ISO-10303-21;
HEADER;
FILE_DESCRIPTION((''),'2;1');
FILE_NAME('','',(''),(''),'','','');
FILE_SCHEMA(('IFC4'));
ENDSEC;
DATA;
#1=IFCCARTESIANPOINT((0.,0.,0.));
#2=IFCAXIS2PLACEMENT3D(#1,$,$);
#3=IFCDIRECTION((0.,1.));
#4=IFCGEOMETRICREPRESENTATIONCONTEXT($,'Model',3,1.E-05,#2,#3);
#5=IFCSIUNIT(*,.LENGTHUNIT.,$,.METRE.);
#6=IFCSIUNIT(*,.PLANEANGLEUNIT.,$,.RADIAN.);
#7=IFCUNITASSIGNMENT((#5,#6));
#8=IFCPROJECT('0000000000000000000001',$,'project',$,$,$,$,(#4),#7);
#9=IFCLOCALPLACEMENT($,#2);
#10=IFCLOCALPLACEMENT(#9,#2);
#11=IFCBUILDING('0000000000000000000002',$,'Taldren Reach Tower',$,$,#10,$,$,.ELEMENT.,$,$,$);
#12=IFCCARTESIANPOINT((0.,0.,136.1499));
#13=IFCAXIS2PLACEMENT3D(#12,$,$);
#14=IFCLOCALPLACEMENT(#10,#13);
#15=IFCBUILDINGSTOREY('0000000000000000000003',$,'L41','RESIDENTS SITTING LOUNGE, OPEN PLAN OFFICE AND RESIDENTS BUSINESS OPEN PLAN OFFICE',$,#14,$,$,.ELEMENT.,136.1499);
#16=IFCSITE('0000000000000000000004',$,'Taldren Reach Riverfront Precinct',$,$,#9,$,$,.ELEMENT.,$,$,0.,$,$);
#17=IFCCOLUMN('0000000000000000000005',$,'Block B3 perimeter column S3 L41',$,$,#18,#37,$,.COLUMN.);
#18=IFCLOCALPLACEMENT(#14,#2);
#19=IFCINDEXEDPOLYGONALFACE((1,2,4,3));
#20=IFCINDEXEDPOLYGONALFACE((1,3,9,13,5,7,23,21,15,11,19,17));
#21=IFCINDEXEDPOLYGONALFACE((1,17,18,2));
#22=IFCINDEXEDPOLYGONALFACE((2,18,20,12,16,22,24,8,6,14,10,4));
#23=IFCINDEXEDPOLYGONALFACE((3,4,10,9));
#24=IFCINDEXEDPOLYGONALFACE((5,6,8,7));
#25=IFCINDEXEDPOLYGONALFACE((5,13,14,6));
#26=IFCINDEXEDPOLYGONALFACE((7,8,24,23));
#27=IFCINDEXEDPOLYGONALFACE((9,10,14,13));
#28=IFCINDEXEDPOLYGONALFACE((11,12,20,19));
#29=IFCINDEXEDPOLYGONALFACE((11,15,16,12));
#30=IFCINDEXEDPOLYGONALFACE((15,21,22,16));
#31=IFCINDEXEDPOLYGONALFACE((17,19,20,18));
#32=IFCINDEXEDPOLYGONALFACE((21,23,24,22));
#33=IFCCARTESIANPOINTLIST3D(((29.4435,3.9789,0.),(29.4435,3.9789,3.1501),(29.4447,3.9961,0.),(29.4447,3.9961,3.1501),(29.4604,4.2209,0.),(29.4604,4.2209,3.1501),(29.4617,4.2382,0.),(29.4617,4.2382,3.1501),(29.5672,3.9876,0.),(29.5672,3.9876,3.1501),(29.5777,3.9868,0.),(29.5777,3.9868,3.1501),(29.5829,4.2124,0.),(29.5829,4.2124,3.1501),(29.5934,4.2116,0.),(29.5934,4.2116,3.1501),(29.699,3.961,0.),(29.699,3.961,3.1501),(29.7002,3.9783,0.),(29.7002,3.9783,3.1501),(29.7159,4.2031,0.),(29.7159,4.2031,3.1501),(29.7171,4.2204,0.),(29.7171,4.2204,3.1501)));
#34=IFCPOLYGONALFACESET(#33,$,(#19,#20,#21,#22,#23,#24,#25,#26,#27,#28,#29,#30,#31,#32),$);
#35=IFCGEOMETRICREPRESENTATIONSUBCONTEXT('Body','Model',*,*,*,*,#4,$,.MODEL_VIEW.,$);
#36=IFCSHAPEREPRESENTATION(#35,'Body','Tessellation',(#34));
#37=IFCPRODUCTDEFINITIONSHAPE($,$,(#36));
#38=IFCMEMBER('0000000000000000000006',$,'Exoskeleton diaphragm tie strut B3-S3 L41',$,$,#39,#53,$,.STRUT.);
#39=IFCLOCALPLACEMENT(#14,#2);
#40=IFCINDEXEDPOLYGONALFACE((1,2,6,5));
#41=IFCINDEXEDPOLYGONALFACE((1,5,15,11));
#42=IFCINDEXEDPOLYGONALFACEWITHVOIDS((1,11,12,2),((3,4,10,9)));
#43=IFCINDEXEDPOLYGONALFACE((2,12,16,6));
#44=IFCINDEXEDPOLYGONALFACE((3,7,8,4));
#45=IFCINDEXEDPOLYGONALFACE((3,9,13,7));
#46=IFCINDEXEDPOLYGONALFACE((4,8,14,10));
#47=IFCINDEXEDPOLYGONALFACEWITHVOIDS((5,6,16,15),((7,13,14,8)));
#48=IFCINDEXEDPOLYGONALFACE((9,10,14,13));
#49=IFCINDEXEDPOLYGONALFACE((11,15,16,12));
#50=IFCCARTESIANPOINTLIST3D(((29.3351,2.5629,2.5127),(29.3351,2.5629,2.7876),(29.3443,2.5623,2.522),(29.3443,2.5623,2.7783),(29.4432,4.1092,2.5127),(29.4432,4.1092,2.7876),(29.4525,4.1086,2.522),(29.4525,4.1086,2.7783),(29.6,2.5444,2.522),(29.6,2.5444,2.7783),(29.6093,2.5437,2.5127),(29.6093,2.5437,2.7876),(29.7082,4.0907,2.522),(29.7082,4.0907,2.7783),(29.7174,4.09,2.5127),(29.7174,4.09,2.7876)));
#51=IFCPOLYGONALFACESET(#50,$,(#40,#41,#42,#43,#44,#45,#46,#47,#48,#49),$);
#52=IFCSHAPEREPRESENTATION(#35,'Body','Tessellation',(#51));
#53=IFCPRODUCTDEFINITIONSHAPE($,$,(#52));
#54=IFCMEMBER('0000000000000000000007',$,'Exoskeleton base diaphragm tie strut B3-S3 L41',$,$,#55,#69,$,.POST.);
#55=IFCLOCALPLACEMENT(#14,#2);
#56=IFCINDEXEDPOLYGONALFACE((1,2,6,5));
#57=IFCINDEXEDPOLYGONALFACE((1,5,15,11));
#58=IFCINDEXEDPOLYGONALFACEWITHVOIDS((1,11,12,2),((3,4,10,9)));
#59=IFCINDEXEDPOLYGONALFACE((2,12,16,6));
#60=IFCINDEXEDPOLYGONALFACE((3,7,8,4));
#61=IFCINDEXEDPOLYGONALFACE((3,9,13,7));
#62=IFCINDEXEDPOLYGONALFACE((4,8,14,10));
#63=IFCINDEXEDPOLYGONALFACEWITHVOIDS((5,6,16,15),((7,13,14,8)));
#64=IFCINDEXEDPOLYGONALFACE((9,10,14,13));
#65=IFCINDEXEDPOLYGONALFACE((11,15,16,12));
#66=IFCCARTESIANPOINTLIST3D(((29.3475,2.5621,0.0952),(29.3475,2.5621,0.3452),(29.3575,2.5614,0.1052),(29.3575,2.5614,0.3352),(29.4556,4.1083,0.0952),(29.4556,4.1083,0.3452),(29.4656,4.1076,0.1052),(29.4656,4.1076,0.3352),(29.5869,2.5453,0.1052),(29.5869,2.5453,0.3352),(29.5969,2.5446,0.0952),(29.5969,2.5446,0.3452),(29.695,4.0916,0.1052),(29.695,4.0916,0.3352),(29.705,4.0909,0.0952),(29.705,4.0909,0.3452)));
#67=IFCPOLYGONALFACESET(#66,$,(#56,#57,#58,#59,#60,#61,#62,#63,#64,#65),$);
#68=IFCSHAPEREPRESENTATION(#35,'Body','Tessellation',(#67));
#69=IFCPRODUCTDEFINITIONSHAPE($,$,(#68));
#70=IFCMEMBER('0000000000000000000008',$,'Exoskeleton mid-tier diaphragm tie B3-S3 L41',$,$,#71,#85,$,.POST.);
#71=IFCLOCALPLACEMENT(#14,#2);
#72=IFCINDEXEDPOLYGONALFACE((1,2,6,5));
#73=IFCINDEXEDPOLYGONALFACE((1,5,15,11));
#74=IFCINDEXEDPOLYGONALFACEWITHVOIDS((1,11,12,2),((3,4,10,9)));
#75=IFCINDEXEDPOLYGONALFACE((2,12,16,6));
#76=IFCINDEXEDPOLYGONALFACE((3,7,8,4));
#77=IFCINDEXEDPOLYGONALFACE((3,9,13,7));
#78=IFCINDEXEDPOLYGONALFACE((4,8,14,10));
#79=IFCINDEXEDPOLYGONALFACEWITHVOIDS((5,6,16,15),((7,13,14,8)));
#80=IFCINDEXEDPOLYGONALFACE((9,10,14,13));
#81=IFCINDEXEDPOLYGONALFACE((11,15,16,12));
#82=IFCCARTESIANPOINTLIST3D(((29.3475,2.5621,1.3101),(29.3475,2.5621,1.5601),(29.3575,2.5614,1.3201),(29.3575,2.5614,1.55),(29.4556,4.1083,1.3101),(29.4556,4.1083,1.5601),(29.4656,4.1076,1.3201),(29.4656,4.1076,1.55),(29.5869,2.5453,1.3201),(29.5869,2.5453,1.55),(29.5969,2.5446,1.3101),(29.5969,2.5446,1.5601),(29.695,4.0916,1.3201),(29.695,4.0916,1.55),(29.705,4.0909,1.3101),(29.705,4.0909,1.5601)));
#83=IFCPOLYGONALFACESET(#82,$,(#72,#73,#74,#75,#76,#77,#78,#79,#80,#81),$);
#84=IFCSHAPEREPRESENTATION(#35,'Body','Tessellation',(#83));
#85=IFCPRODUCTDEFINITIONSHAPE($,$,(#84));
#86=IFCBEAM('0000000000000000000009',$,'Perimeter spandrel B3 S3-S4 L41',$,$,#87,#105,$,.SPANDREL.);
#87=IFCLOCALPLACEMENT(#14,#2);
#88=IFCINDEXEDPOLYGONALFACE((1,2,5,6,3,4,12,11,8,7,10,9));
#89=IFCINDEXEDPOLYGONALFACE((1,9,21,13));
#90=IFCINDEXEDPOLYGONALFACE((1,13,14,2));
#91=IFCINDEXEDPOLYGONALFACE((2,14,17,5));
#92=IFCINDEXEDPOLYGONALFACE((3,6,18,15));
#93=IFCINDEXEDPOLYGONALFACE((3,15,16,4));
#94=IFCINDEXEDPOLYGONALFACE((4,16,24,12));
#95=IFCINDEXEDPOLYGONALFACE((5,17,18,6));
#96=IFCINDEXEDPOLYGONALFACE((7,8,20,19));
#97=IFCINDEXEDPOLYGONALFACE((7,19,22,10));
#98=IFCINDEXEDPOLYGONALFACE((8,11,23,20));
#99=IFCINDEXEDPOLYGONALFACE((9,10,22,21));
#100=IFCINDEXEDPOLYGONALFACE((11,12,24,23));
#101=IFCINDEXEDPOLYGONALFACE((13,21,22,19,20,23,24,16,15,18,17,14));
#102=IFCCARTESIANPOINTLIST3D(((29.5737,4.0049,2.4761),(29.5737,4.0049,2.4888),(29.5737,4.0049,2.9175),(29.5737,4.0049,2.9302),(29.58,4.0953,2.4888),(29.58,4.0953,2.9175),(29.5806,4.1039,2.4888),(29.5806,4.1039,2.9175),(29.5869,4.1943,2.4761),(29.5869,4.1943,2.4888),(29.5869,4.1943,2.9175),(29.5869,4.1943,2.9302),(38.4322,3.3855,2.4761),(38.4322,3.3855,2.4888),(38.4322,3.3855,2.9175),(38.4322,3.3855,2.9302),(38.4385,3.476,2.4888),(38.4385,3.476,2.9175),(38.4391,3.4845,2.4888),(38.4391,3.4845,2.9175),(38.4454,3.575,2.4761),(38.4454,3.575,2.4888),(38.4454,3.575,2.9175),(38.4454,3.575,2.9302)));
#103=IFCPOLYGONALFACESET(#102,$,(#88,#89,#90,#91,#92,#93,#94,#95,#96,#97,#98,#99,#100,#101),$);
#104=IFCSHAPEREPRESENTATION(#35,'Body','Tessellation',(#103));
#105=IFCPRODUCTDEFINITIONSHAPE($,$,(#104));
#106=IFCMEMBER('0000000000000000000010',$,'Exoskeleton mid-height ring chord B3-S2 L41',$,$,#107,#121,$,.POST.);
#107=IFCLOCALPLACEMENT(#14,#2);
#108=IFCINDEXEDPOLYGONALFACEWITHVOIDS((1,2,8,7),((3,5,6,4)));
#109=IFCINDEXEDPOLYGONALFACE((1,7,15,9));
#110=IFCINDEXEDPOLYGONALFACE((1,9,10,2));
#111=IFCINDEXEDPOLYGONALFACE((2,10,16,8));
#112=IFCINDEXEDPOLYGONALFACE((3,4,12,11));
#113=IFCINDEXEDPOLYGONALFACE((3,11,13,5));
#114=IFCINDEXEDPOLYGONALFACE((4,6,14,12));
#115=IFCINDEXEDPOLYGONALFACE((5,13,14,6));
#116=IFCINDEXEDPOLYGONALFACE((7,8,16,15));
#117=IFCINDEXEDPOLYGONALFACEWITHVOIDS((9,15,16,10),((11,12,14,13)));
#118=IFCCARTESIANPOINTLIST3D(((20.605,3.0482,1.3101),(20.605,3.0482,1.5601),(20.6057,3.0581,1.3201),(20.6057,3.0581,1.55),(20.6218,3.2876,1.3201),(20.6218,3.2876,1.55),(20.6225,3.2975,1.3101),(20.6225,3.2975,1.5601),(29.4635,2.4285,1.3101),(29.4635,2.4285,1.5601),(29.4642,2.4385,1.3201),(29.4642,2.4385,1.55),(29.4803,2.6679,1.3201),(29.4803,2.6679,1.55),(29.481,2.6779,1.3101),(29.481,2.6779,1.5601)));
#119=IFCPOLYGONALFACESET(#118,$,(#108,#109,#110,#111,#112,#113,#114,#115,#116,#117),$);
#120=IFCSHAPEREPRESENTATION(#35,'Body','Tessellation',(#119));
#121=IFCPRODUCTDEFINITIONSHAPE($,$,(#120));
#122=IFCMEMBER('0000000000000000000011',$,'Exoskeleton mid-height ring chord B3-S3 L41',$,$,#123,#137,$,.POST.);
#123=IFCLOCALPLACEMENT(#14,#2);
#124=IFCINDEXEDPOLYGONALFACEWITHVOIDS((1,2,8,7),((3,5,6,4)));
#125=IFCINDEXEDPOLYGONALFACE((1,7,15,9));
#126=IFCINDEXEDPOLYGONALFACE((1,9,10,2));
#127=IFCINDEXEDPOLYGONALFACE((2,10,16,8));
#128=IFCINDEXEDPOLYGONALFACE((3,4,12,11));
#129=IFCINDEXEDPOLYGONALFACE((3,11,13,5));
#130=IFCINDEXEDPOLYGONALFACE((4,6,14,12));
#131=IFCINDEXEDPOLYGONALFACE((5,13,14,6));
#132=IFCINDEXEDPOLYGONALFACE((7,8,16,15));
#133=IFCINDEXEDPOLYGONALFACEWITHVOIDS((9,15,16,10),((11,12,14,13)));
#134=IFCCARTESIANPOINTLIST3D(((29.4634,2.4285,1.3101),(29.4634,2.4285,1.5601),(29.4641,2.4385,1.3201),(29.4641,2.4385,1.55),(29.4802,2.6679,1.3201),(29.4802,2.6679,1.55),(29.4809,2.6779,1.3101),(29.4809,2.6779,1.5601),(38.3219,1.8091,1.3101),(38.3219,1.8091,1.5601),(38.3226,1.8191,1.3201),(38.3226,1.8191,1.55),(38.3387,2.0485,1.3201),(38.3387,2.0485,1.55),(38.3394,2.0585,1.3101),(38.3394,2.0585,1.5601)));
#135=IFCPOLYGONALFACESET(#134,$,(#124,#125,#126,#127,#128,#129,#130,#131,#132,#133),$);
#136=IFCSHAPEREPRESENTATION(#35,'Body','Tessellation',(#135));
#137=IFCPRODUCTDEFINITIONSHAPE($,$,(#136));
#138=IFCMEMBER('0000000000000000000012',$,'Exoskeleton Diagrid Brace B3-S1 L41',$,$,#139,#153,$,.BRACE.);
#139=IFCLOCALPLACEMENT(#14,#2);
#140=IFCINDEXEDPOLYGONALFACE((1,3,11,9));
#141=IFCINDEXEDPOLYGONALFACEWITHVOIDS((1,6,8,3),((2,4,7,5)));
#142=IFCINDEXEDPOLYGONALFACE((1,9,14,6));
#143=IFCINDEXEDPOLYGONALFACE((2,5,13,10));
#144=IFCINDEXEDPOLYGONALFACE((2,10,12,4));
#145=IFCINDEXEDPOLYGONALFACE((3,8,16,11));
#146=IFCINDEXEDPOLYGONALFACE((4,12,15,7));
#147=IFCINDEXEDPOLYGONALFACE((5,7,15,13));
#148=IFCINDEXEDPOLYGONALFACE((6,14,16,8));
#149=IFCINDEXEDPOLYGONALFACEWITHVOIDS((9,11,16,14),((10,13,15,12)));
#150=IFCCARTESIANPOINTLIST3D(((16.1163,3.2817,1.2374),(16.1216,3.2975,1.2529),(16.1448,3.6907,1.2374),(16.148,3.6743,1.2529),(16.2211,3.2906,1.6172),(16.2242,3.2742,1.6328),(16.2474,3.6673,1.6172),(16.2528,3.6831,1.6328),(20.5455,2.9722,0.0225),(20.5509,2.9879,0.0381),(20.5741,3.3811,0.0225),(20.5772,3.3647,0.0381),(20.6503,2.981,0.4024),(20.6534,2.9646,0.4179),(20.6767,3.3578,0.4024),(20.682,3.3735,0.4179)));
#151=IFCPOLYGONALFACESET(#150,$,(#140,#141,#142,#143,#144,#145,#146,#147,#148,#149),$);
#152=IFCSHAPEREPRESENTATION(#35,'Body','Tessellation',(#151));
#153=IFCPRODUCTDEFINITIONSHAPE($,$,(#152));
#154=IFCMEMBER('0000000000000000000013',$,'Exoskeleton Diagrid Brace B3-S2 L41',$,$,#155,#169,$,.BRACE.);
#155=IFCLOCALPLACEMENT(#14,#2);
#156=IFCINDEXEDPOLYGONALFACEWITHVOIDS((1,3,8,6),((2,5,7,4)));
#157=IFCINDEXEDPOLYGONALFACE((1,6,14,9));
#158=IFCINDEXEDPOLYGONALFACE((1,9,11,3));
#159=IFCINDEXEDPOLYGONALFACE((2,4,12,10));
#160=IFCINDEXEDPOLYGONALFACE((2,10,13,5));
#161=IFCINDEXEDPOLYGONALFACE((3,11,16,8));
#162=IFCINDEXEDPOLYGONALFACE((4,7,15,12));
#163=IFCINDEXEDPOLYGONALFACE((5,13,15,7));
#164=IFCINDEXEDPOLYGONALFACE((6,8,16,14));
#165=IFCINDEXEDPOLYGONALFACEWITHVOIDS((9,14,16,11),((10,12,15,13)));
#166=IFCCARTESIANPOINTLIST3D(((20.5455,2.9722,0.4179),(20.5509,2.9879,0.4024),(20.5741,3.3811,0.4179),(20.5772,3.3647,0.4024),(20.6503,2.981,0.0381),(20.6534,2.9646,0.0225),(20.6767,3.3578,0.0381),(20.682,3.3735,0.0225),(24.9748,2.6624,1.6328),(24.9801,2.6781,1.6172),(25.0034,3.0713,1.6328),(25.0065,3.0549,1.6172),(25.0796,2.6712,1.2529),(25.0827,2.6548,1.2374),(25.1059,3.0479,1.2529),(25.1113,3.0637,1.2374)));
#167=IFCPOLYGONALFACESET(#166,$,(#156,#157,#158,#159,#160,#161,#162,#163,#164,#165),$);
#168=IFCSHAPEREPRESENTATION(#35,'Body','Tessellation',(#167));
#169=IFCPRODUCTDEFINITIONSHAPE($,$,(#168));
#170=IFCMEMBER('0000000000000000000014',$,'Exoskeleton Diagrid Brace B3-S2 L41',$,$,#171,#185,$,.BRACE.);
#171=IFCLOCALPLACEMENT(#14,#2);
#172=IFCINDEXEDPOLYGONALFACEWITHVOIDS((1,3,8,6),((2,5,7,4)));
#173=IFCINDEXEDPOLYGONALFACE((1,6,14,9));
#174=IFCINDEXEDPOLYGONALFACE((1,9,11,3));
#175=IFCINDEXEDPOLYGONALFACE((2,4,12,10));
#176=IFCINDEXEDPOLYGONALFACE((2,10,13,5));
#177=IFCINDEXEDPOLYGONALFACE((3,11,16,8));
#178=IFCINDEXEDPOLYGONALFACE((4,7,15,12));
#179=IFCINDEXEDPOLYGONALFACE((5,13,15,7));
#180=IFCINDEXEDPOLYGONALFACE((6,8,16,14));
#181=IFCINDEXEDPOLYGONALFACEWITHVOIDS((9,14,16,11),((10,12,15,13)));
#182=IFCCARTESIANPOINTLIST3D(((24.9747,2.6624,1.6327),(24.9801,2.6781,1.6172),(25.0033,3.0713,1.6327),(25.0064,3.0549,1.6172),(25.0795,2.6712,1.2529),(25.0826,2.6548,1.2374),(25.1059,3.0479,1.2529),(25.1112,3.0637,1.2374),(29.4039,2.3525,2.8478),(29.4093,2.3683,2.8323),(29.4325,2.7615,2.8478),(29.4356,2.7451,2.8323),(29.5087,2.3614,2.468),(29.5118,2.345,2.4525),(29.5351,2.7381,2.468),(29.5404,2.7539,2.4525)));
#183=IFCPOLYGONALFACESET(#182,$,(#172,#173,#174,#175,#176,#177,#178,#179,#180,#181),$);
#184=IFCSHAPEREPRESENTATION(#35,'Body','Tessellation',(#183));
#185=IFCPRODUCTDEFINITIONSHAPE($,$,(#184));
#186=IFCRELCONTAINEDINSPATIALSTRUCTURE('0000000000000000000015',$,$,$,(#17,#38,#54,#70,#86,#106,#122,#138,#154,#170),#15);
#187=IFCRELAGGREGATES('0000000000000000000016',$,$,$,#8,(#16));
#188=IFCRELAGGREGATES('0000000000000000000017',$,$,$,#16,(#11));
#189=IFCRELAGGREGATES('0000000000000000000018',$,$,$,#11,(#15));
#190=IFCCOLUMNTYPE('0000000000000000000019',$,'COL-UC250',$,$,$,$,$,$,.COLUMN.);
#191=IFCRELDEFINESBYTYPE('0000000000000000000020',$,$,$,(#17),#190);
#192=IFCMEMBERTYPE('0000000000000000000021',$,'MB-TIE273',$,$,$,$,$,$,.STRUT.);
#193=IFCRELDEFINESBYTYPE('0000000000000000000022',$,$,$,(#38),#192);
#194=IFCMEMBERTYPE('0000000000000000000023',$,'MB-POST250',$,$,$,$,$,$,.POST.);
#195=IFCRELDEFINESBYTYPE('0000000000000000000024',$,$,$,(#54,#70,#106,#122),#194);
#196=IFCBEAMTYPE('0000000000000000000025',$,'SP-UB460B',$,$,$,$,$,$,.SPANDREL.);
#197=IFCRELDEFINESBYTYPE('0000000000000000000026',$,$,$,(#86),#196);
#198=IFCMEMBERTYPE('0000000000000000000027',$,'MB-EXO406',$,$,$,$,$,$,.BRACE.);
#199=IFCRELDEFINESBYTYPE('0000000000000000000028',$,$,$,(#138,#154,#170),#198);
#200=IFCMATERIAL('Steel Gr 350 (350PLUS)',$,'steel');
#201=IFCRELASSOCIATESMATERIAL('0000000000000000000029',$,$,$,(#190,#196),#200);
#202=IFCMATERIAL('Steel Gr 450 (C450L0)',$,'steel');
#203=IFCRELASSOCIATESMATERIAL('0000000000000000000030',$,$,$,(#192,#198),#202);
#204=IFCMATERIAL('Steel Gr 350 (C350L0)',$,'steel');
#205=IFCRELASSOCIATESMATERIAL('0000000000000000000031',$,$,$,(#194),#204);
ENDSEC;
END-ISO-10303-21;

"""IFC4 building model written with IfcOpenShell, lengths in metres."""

from ifc_helpers import new_model, si_unit, direction, frame, origin, origin_2d, place, context, subcontext, project, spatial, hollow_rectangle, i_section, extrude, source, transform, mapped, material, material_profile, profile_set, type_object, element, save


model = new_model("IFC4")

# Units and contexts
model_context = context("Model", 3, precision=1e-05, world=origin(), true_north=direction((0.0, 1.0)))
body_context = subcontext(model_context, "Body", "Model", "MODEL_VIEW")
ifc_project = project(units=[si_unit("LENGTHUNIT", "METRE"), si_unit("PLANEANGLEUNIT", "RADIAN")], contexts=[model_context])

# Site, building, storey
site_placement = place(None, origin())
site = spatial("IfcSite", under=ifc_project, at=site_placement, Name="Taldren Reach Riverfront Precinct", CompositionType="ELEMENT", RefElevation=0.0)
building_placement = place(site_placement, origin())
building = spatial("IfcBuilding", under=site, at=building_placement, Name="Taldren Reach Tower", CompositionType="ELEMENT")
storey_placement = place(building_placement, frame((0.0, 0.0, 136.1499)))
storey = spatial("IfcBuildingStorey", under=building, at=storey_placement, Name="L41", Description="RESIDENTS SITTING LOUNGE, OPEN PLAN OFFICE AND RESIDENTS BUSINESS OPEN PLAN OFFICE", CompositionType="ELEMENT", Elevation=136.1499)

# Column
ifc_material_1 = material(Name="Steel Gr 350 (350PLUS)", Category="steel")
ifc_material_profile_1 = material_profile(ifc_material_1, i_section(OverallWidth=0.2561, OverallDepth=0.26, WebThickness=0.0105, FlangeThickness=0.0173, at=origin_2d()), Name="250UC89.5")
ifc_profile_set_1 = profile_set([ifc_material_profile_1], Name="Steel Gr 350 (350PLUS)")
column_type = type_object("IfcColumnType", Name="COL-UC250", PredefinedType="COLUMN", material=ifc_profile_set_1)
shared_shape_1 = source(origin(), body_context, "Body", "SweptSolid", [
    extrude(i_section(OverallWidth=0.2561, OverallDepth=0.26, WebThickness=0.0105, FlangeThickness=0.0173, at=origin_2d()), origin(), (0.0, 0.0, 1.0), 3.1501),
])
column_placement = place(storey_placement, frame((29.5803, 4.0996, 0.0), z_axis=(0.0, 0.0, 1.0), x_axis=(0.997564, -0.069756, 0.0)))
element("IfcColumn", 1, at=column_placement, inside=storey, type_object=column_type, Name="Block B3 perimeter column S3 L41", PredefinedType="COLUMN", context=body_context, shape_type="MappedRepresentation", body=[
    mapped(shared_shape_1, transform((0.0, 0.0, 0.0), scale=1.0)),
])

# Members
ifc_material_2 = material(Name="Steel Gr 450 (C450L0)", Category="steel")
ifc_material_profile_2 = material_profile(ifc_material_2, hollow_rectangle(XDim=0.2749, YDim=0.2749, WallThickness=0.0093, at=origin_2d()), Name="275x275x9.3SHS")
ifc_profile_set_2 = profile_set([ifc_material_profile_2], Name="Steel Gr 450 (C450L0)")
member_type_1 = type_object("IfcMemberType", Name="MB-TIE273", PredefinedType="STRUT", material=ifc_profile_set_2)
shared_shape_2 = source(origin(), body_context, "Body", "SweptSolid", [
    extrude(hollow_rectangle(XDim=0.2749, YDim=0.2749, WallThickness=0.0093, at=origin_2d()), origin(), (0.0, 0.0, 1.0), 1.55),
])
member_1_placement = place(storey_placement, frame((29.5803, 4.0996, 2.6501), z_axis=(-0.06977, -0.997563, 0.0), x_axis=(0.997563, -0.06977, 0.0)))
element("IfcMember", 2, at=member_1_placement, inside=storey, type_object=member_type_1, Name="Exoskeleton diaphragm tie strut B3-S3 L41", PredefinedType="STRUT", context=body_context, shape_type="MappedRepresentation", body=[
    mapped(shared_shape_2, transform((0.0, 0.0, 0.0), scale=1.0)),
])
ifc_material_3 = material(Name="Steel Gr 350 (C350L0)", Category="steel")
ifc_material_profile_3 = material_profile(ifc_material_3, hollow_rectangle(XDim=0.25, YDim=0.25, WallThickness=0.01, at=origin_2d()), Name="250x250x10.0SHS")
ifc_profile_set_3 = profile_set([ifc_material_profile_3], Name="Steel Gr 350 (C350L0)")
member_type_2 = type_object("IfcMemberType", Name="MB-POST250", PredefinedType="POST", material=ifc_profile_set_3)
shared_shape_3 = source(origin(), body_context, "Body", "SweptSolid", [
    extrude(hollow_rectangle(XDim=0.25, YDim=0.25, WallThickness=0.01, at=origin_2d()), origin(), (0.0, 0.0, 1.0), 1.55),
])
for number, where, z_axis, x_axis, name in (
    (3, (29.5803, 4.0996, 0.2202), (-0.06977, -0.997563, 0.0), (0.997563, -0.06977, 0.0), "Exoskeleton base diaphragm tie strut B3-S3 L41"),
    (4, (29.5803, 4.0996, 1.4351), (-0.06977, -0.997563, 0.0), (0.997563, -0.06977, 0.0), "Exoskeleton mid-tier diaphragm tie B3-S3 L41"),
):
    element("IfcMember", number, at=place(storey_placement, frame(where, z_axis=z_axis, x_axis=x_axis)), inside=storey, type_object=member_type_2, Name=name, PredefinedType="POST", context=body_context, shape_type="MappedRepresentation", body=[
        mapped(shared_shape_3, transform((0.0, 0.0, 0.0), scale=1.0)),
    ])

# Beam
ifc_material_profile_4 = material_profile(ifc_material_1, i_section(OverallWidth=0.1899, OverallDepth=0.4541, WebThickness=0.0085, FlangeThickness=0.0127, at=origin_2d()), Name="460UB67.1")
ifc_profile_set_4 = profile_set([ifc_material_profile_4], Name="Steel Gr 350 (350PLUS)")
beam_type = type_object("IfcBeamType", Name="SP-UB460B", PredefinedType="SPANDREL", material=ifc_profile_set_4)
shared_shape_4 = source(origin(), body_context, "Body", "SweptSolid", [
    extrude(i_section(OverallWidth=0.1899, OverallDepth=0.4541, WebThickness=0.0085, FlangeThickness=0.0127, at=origin_2d()), origin(), (0.0, 0.0, 1.0), 8.8801),
])
beam_placement = place(storey_placement, frame((29.5803, 4.0996, 2.7031), z_axis=(0.997564, -0.06975, 0.0), x_axis=(0.06975, 0.997564, 0.0)))
element("IfcBeam", 5, at=beam_placement, inside=storey, type_object=beam_type, Name="Perimeter spandrel B3 S3-S4 L41", PredefinedType="SPANDREL", context=body_context, shape_type="MappedRepresentation", body=[
    mapped(shared_shape_4, transform((0.0, 0.0, 0.0), scale=1.0)),
])

# Members
shared_shape_5 = source(origin(), body_context, "Body", "SweptSolid", [
    extrude(hollow_rectangle(XDim=0.25, YDim=0.25, WallThickness=0.01, at=origin_2d()), origin(), (0.0, 0.0, 1.0), 8.8801),
])
for number, where, z_axis, x_axis, name in (
    (6, (20.6138, 3.1729, 1.4351), (0.997563, -0.069778, 0.0), (0.069778, 0.997563, 0.0), "Exoskeleton mid-height ring chord B3-S2 L41"),
    (7, (29.4722, 2.5532, 1.4351), (0.997564, -0.06975, 0.0), (0.06975, 0.997564, 0.0), "Exoskeleton mid-height ring chord B3-S3 L41"),
):
    element("IfcMember", number, at=place(storey_placement, frame(where, z_axis=z_axis, x_axis=x_axis)), inside=storey, type_object=member_type_2, Name=name, PredefinedType="POST", context=body_context, shape_type="MappedRepresentation", body=[
        mapped(shared_shape_5, transform((0.0, 0.0, 0.0), scale=1.0)),
    ])
ifc_material_profile_5 = material_profile(ifc_material_2, hollow_rectangle(XDim=0.4099, YDim=0.4099, WallThickness=0.0161, at=origin_2d()), Name="410x410x16.0SHS")
ifc_profile_set_5 = profile_set([ifc_material_profile_5], Name="Steel Gr 450 (C450L0)")
member_type_3 = type_object("IfcMemberType", Name="MB-EXO406", PredefinedType="BRACE", material=ifc_profile_set_5)
shared_shape_6 = source(origin(), body_context, "Body", "SweptSolid", [
    extrude(hollow_rectangle(XDim=0.4099, YDim=0.4099, WallThickness=0.0161, at=origin_2d()), origin(), (0.0, 0.0, 1.0), 4.6033),
])
for number, where, z_axis, x_axis, name in (
    (8, (20.6138, 3.1729, 0.2202), (-0.962199, 0.067251, 0.263913), (-0.069723, -0.997566, 0.0), "Exoskeleton Diagrid Brace B3-S1 L41"),
    (9, (20.6138, 3.1729, 0.2202), (0.962196, -0.067304, 0.263912), (0.069778, 0.997563, 0.0), "Exoskeleton Diagrid Brace B3-S2 L41"),
    (10, (25.043, 2.863, 1.4351), (0.962182, -0.067303, 0.263961), (0.069778, 0.997563, 0.0), "Exoskeleton Diagrid Brace B3-S2 L41"),
):
    element("IfcMember", number, at=place(storey_placement, frame(where, z_axis=z_axis, x_axis=x_axis)), inside=storey, type_object=member_type_3, Name=name, PredefinedType="BRACE", context=body_context, shape_type="MappedRepresentation", body=[
        mapped(shared_shape_6, transform((0.0, 0.0, 0.0), scale=1.0)),
    ])

save(model, "model.ifc")
